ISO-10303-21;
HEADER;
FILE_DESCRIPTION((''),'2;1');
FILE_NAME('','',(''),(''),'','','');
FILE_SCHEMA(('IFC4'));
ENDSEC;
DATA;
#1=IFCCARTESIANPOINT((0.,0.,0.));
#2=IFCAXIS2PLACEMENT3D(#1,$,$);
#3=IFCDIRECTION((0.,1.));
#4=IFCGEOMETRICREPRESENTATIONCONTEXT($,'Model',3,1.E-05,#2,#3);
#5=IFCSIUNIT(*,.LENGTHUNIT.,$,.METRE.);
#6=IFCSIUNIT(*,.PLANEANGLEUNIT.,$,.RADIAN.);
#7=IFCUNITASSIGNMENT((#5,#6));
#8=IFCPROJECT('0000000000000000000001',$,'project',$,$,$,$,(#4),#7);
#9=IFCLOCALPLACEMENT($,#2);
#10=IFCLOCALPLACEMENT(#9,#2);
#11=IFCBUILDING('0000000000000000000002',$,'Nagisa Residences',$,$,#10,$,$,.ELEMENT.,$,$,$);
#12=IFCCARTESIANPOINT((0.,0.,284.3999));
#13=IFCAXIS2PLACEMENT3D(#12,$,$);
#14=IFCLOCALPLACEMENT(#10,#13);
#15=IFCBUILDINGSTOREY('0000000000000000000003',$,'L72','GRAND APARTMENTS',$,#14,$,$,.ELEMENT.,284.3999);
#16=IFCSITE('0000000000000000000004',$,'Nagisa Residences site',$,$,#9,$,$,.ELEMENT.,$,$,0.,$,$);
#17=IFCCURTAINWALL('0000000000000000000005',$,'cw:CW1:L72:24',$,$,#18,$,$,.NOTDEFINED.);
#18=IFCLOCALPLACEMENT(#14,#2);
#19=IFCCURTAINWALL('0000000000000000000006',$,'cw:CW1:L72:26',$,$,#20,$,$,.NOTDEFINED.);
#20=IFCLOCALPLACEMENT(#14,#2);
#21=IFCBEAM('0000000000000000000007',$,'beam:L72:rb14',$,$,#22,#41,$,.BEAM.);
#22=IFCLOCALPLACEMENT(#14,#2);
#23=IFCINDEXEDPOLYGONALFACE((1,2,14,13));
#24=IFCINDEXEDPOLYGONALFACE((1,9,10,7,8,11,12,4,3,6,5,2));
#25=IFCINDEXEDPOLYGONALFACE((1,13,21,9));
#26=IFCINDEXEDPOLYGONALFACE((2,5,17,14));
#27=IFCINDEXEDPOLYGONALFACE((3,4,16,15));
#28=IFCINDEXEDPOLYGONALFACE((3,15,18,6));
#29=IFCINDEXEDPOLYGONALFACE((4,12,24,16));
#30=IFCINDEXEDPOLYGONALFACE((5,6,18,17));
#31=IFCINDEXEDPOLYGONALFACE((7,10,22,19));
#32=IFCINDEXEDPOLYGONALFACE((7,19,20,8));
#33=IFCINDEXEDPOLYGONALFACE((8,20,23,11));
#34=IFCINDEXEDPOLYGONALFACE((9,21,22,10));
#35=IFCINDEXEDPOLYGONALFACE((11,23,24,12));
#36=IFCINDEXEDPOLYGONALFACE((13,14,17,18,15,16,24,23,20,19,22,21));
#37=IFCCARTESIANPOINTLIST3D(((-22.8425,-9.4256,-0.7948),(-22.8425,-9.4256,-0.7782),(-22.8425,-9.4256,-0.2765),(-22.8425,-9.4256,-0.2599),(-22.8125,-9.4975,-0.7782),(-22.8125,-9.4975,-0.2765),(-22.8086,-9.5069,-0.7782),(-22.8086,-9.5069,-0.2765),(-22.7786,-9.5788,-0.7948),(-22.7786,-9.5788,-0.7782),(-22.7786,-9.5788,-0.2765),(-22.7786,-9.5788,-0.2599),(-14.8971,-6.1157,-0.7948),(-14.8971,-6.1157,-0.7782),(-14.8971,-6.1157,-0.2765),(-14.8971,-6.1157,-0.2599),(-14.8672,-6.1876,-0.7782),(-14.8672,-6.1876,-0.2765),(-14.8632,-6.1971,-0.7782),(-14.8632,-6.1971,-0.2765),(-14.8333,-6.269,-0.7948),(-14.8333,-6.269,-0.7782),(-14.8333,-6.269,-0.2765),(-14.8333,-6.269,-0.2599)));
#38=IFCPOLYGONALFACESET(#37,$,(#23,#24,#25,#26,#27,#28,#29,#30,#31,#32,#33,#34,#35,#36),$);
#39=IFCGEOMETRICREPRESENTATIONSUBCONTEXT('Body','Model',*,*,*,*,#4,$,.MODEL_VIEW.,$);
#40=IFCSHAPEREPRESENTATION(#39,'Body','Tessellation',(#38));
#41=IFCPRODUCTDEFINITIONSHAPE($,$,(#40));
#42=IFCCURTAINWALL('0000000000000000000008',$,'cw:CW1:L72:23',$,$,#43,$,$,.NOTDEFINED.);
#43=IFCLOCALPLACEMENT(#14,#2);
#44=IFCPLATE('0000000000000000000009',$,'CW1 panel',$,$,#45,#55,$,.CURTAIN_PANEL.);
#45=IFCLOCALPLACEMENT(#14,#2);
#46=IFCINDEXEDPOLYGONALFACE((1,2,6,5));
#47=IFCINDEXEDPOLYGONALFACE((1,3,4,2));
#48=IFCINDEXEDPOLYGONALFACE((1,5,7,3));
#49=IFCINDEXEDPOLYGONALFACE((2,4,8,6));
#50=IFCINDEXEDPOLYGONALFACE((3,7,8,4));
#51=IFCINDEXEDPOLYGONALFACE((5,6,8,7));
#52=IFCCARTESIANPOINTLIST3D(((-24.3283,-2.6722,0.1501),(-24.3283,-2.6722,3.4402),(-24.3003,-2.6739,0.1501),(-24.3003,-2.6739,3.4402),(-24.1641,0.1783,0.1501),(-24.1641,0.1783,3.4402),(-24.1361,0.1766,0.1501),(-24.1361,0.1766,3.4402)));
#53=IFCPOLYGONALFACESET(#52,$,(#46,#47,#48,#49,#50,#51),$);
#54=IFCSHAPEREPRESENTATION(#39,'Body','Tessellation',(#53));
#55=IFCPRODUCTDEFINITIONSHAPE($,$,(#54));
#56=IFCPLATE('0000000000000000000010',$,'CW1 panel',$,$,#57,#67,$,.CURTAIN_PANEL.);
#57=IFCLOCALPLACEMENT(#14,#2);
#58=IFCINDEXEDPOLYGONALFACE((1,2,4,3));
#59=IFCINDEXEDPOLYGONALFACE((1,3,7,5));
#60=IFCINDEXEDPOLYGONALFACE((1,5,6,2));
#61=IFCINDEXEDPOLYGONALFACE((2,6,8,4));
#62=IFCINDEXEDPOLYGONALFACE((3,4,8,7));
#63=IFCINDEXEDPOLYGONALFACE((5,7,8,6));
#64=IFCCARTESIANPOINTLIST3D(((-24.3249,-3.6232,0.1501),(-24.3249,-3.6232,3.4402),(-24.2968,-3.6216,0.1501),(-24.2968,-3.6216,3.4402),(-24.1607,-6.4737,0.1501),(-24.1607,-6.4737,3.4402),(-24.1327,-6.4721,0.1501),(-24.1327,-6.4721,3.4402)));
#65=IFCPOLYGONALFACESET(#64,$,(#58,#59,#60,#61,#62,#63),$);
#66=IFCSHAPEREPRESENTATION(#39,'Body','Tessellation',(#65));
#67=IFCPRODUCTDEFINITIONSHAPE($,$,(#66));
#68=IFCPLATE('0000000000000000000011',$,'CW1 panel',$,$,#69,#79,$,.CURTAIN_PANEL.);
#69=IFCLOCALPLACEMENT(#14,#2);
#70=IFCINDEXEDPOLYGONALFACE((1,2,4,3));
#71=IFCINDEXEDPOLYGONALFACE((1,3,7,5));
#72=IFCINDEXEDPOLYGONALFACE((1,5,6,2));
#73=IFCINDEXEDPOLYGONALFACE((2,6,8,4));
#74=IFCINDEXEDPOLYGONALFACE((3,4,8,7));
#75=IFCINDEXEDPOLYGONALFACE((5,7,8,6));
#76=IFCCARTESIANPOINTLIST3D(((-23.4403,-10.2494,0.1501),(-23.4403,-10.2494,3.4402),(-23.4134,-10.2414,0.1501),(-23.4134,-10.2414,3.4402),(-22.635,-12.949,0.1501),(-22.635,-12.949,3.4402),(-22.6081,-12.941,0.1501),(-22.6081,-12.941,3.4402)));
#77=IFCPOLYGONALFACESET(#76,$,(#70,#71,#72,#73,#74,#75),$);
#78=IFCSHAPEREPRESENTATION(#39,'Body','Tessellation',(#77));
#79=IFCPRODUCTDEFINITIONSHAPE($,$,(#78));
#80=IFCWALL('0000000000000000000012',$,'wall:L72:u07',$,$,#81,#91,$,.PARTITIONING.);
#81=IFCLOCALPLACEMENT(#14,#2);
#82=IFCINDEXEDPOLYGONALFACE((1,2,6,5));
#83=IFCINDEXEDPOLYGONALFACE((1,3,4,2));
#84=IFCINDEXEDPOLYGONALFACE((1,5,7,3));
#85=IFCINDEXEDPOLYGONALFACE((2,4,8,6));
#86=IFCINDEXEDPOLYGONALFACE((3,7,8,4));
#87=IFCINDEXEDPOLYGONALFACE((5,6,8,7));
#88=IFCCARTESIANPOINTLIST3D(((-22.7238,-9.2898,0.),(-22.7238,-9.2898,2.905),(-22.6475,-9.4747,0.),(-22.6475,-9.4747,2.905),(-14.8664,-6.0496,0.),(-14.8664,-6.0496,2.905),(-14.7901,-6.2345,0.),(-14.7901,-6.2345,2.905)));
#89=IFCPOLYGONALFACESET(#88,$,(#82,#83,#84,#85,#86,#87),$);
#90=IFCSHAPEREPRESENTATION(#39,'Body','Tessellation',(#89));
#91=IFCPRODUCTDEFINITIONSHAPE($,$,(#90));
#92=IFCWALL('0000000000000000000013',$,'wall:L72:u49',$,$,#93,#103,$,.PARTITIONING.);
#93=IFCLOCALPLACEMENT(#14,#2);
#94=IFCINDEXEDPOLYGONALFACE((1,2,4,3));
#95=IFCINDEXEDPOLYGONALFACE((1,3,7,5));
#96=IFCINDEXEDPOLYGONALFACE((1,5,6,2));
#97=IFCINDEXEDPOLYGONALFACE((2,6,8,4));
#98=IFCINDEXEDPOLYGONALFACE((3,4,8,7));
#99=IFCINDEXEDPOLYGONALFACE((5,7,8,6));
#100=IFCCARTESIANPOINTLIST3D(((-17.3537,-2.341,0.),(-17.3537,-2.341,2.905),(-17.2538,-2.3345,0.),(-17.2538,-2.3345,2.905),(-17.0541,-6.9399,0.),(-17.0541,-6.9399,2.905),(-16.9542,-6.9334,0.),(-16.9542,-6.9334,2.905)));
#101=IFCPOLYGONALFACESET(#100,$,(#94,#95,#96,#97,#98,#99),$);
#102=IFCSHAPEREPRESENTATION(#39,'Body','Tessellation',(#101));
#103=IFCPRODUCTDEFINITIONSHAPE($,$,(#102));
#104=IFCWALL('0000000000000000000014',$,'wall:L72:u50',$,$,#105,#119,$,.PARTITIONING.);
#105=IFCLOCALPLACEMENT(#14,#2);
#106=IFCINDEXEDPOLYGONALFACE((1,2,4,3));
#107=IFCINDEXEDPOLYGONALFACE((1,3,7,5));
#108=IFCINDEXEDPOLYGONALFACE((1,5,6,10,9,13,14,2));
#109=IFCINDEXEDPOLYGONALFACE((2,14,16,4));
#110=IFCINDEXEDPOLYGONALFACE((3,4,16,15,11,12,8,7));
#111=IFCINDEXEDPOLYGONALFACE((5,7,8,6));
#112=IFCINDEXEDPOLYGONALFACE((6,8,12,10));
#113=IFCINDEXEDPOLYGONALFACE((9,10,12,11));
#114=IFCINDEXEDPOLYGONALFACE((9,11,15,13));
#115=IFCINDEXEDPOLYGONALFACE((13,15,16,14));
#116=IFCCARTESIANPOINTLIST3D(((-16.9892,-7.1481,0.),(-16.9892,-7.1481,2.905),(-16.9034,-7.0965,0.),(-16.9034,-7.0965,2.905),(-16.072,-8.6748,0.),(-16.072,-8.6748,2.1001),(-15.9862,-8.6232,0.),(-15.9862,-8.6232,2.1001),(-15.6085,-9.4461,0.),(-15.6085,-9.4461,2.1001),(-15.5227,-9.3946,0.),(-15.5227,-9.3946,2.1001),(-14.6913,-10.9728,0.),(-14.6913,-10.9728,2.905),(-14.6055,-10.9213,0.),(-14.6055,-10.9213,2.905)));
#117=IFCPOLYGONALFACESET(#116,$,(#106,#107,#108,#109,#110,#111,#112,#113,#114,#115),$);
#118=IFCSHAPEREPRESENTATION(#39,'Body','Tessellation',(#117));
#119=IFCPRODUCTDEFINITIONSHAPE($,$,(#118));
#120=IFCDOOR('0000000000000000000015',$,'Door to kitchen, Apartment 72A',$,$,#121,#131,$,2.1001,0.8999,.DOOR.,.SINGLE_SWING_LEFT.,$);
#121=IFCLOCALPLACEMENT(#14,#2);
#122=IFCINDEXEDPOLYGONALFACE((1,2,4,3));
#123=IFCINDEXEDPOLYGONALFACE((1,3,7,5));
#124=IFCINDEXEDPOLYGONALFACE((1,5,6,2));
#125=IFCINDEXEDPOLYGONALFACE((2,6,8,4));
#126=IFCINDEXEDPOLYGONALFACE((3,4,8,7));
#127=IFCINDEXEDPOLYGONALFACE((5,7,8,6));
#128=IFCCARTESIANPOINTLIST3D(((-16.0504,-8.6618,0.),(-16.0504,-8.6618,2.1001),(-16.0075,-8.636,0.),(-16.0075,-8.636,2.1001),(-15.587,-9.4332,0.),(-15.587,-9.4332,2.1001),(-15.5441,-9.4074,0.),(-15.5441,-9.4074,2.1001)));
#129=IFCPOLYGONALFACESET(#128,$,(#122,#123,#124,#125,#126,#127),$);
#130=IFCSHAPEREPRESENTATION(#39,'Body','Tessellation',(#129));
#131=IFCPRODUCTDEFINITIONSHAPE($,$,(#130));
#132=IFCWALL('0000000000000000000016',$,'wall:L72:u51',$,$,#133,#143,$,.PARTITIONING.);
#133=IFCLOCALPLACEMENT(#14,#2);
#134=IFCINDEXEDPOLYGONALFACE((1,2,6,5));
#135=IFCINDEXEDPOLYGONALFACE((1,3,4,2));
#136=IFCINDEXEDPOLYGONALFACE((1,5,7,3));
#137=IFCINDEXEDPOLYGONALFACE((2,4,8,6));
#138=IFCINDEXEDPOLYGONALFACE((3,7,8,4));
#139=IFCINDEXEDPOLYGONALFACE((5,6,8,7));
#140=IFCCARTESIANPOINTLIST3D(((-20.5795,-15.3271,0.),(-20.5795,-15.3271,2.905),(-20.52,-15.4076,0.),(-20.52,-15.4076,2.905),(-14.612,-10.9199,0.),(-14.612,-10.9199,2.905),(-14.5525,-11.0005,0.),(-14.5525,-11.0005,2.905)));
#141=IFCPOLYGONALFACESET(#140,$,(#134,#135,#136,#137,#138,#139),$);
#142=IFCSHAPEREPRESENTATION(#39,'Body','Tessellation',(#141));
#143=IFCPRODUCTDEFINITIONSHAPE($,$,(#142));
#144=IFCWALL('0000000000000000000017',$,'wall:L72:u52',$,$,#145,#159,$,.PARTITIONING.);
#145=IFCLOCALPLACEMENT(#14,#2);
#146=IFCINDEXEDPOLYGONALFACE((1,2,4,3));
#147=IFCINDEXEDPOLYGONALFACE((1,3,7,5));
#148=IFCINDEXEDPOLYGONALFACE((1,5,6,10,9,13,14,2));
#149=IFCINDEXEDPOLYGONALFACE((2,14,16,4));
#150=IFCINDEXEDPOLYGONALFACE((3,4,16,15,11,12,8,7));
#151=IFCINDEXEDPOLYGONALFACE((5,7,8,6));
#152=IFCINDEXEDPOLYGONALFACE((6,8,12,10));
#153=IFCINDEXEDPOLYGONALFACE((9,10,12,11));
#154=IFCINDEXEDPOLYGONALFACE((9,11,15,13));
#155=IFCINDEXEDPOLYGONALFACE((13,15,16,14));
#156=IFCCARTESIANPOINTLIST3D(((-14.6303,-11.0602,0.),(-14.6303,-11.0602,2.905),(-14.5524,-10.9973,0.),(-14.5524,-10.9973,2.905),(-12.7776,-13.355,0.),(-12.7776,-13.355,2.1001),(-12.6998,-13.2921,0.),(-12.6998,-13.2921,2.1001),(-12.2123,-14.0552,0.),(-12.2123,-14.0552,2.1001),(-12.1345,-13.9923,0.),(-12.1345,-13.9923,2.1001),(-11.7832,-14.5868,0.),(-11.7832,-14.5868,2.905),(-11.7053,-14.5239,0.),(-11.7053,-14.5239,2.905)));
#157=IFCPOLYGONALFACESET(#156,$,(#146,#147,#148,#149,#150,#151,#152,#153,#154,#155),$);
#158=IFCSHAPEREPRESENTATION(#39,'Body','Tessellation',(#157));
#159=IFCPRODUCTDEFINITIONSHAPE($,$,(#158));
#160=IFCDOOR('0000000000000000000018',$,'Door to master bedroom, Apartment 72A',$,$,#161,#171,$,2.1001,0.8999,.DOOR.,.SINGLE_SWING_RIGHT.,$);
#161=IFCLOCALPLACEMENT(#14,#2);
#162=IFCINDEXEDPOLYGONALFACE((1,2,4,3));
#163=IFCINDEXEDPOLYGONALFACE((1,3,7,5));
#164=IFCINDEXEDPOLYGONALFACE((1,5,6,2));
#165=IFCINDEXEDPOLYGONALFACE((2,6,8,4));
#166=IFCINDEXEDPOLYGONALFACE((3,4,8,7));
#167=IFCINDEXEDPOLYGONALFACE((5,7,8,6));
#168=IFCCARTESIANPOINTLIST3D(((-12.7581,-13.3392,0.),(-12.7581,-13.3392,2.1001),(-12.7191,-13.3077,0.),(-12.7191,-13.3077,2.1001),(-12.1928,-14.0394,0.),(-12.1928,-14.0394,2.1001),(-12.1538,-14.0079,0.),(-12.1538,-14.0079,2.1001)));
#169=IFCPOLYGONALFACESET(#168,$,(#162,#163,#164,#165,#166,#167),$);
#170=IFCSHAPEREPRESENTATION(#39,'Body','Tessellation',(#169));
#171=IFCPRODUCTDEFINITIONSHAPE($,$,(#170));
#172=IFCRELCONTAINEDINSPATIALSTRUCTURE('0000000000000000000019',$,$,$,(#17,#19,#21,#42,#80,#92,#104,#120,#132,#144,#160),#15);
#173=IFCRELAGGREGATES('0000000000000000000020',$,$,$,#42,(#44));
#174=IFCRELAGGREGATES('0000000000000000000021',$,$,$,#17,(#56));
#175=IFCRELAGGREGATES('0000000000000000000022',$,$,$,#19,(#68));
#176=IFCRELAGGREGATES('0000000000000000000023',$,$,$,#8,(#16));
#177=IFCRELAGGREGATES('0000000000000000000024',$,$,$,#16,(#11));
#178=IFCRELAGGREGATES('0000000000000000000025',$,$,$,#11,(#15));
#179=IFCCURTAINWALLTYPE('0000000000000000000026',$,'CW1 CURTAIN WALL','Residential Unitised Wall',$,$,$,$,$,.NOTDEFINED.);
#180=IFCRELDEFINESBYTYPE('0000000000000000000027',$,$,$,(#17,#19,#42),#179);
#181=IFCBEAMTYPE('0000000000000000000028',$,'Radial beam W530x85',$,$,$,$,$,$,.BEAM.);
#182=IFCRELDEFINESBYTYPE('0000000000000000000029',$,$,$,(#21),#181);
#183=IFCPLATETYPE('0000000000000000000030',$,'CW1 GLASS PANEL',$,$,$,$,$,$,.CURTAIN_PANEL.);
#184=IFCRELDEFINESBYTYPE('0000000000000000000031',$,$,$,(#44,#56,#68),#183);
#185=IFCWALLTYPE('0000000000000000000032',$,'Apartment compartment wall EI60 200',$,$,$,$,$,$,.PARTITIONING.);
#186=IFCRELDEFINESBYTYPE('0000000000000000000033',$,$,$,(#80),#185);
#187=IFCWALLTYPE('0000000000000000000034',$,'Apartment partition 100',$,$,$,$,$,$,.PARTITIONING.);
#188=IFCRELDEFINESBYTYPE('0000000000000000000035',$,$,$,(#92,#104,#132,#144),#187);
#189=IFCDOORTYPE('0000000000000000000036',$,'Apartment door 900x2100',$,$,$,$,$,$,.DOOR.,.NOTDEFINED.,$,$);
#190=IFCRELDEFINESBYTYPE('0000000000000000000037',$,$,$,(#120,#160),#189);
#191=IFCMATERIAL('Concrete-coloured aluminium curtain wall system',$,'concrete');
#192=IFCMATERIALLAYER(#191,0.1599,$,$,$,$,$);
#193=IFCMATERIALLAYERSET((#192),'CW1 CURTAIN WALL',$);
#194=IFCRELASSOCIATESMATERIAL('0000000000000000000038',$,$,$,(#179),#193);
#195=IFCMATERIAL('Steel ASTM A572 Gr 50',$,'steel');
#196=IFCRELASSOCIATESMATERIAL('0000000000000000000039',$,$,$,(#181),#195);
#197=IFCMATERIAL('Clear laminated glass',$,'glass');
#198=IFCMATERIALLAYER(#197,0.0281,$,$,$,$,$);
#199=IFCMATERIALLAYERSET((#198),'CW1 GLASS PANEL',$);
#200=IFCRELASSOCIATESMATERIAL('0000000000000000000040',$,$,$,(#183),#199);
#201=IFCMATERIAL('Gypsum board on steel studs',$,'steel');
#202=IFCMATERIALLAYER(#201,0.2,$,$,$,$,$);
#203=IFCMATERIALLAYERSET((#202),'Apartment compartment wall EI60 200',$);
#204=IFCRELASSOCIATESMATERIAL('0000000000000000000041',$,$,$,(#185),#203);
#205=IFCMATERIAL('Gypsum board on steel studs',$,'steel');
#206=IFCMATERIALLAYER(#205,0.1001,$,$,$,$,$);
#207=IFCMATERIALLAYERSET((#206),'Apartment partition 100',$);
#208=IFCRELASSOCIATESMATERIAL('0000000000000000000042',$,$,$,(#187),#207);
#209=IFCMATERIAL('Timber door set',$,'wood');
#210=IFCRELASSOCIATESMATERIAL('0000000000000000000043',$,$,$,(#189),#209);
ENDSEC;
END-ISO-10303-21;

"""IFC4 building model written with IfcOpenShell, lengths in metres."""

from ifc_helpers import new_model, si_unit, direction, frame, frame_2d, origin, origin_2d, place, context, subcontext, project, spatial, rectangle, i_section, extrude, material, layer, layer_set, material_profile, profile_set, type_object, element, fill, aggregate, save


model = new_model("IFC4")

# Units and contexts
model_context = context("Model", 3, precision=1e-05, world=origin(), true_north=direction((0.0, 1.0)))
body_context = subcontext(model_context, "Body", "Model", "MODEL_VIEW")
ifc_project = project(units=[si_unit("LENGTHUNIT", "METRE"), si_unit("PLANEANGLEUNIT", "RADIAN")], contexts=[model_context])

# Site, building, storey
site_placement = place(None, origin())
site = spatial("IfcSite", under=ifc_project, at=site_placement, Name="Nagisa Residences site", CompositionType="ELEMENT", RefElevation=0.0)
building_placement = place(site_placement, origin())
building = spatial("IfcBuilding", under=site, at=building_placement, Name="Nagisa Residences", CompositionType="ELEMENT")
storey_placement = place(building_placement, frame((0.0, 0.0, 284.3999)))
storey = spatial("IfcBuildingStorey", under=building, at=storey_placement, Name="L72", Description="GRAND APARTMENTS", CompositionType="ELEMENT", Elevation=284.3999)

# Curtain walls
ifc_material_1 = material(Name="Concrete-coloured aluminium curtain wall system", Category="concrete")
ifc_layer_1 = layer(ifc_material_1, 0.1599)
ifc_layer_set_1 = layer_set([ifc_layer_1], Name="CW1 CURTAIN WALL")
curtain_wall_type = type_object("IfcCurtainWallType", Name="CW1 CURTAIN WALL", Description="Residential Unitised Wall", PredefinedType="NOTDEFINED", material=ifc_layer_set_1)
curtain_wall_1_placement = place(storey_placement, origin())
curtain_wall_1 = element("IfcCurtainWall", 1, at=curtain_wall_1_placement, inside=storey, type_object=curtain_wall_type, Name="cw:CW1:L72:24", PredefinedType="NOTDEFINED")
curtain_wall_2_placement = place(storey_placement, origin())
curtain_wall_2 = element("IfcCurtainWall", 2, at=curtain_wall_2_placement, inside=storey, type_object=curtain_wall_type, Name="cw:CW1:L72:26", PredefinedType="NOTDEFINED")

# Beam
ifc_material_2 = material(Name="Steel ASTM A572 Gr 50", Category="steel")
ifc_material_profile_1 = material_profile(ifc_material_2, i_section(OverallWidth=0.166, OverallDepth=0.5349, WebThickness=0.0103, FlangeThickness=0.0166, at=origin_2d()), Name="W530x85")
ifc_profile_set_1 = profile_set([ifc_material_profile_1], Name="Steel ASTM A572 Gr 50")
beam_type_1 = type_object("IfcBeamType", Name="Radial beam W530x85", PredefinedType="BEAM", material=ifc_profile_set_1)
beam_1_placement = place(storey_placement, frame((-22.8105, -9.5022, -0.5273), z_axis=(0.923107, 0.384543, 0.0), x_axis=(-0.384543, 0.923107, 0.0)))
element("IfcBeam", 3, at=beam_1_placement, inside=storey, type_object=beam_type_1, Name="beam:L72:rb14", PredefinedType="BEAM", context=body_context, shape_type="SweptSolid", body=[
    extrude(i_section(OverallWidth=0.166, OverallDepth=0.5349, WebThickness=0.0103, FlangeThickness=0.0166, at=origin_2d()), origin(), (0.0, 0.0, 1.0), 8.6072),
])

# Curtain wall, plate
curtain_wall_3_placement = place(storey_placement, origin())
curtain_wall_3 = element("IfcCurtainWall", 4, at=curtain_wall_3_placement, inside=storey, type_object=curtain_wall_type, Name="cw:CW1:L72:23", PredefinedType="NOTDEFINED")
ifc_material_3 = material(Name="Clear laminated glass", Category="glass")
ifc_layer_2 = layer(ifc_material_3, 0.0281)
ifc_layer_set_2 = layer_set([ifc_layer_2], Name="CW1 GLASS PANEL")
plate_type = type_object("IfcPlateType", Name="CW1 GLASS PANEL", PredefinedType="CURTAIN_PANEL", material=ifc_layer_set_2)
plate_1_placement = place(storey_placement, frame((-24.2322, -1.2478, 0.1501), z_axis=(0.0, 0.0, 1.0), x_axis=(-0.057503, -0.998345, 0.0)))
plate_1 = element("IfcPlate", 5, at=plate_1_placement, type_object=plate_type, Name="CW1 panel", PredefinedType="CURTAIN_PANEL", context=body_context, shape_type="SweptSolid", body=[
    extrude(rectangle(XDim=2.8552, YDim=0.0281, at=origin_2d()), origin(), (0.0, 0.0, 1.0), 3.29),
])
aggregate(curtain_wall_3, [plate_1])

# Plates
plate_2_placement = place(storey_placement, frame((-24.2288, -5.0476, 0.1501), z_axis=(0.0, 0.0, 1.0), x_axis=(0.057503, -0.998345, 0.0)))
plate_2 = element("IfcPlate", 6, at=plate_2_placement, type_object=plate_type, Name="CW1 panel", PredefinedType="CURTAIN_PANEL", context=body_context, shape_type="SweptSolid", body=[
    extrude(rectangle(XDim=2.8552, YDim=0.0281, at=origin_2d()), origin(), (0.0, 0.0, 1.0), 3.29),
])
aggregate(curtain_wall_1, [plate_2])
plate_3_placement = place(storey_placement, frame((-23.0242, -11.5952, 0.1501), z_axis=(0.0, 0.0, 1.0), x_axis=(0.28586, -0.958271, 0.0)))
plate_3 = element("IfcPlate", 7, at=plate_3_placement, type_object=plate_type, Name="CW1 panel", PredefinedType="CURTAIN_PANEL", context=body_context, shape_type="SweptSolid", body=[
    extrude(rectangle(XDim=2.8171, YDim=0.0281, at=origin_2d()), origin(), (0.0, 0.0, 1.0), 3.29),
])
aggregate(curtain_wall_2, [plate_3])

# Walls
ifc_material_4 = material(Name="Gypsum board on steel studs", Category="steel")
ifc_layer_3 = layer(ifc_material_4, 0.2)
ifc_layer_set_3 = layer_set([ifc_layer_3], Name="Apartment compartment wall EI60 200")
wall_type_1 = type_object("IfcWallType", Name="Apartment compartment wall EI60 200", PredefinedType="PARTITIONING", material=ifc_layer_set_3)
wall_1_placement = place(storey_placement, frame((-14.8284, -6.1421, 0.0), z_axis=(0.0, 0.0, 1.0), x_axis=(-0.924478, -0.381235, 0.0)))
element("IfcWall", 8, at=wall_1_placement, inside=storey, type_object=wall_type_1, Name="wall:L72:u07", PredefinedType="PARTITIONING", context=body_context, shape_type="SweptSolid", body=[
    extrude(rectangle(XDim=8.4993, YDim=0.2, at=frame_2d((4.2495, 0.0))), origin(), (0.0, 0.0, 1.0), 2.905),
])
ifc_material_5 = material(Name="Gypsum board on steel studs", Category="steel")
ifc_layer_4 = layer(ifc_material_5, 0.1001)
ifc_layer_set_4 = layer_set([ifc_layer_4], Name="Apartment partition 100")
wall_type_2 = type_object("IfcWallType", Name="Apartment partition 100", PredefinedType="PARTITIONING", material=ifc_layer_set_4)
wall_2_placement = place(storey_placement, frame((-17.3037, -2.3379, 0.0), z_axis=(0.0, 0.0, 1.0), x_axis=(0.065, -0.997885, 0.0)))
element("IfcWall", 9, at=wall_2_placement, inside=storey, type_object=wall_type_2, Name="wall:L72:u49", PredefinedType="PARTITIONING", context=body_context, shape_type="SweptSolid", body=[
    extrude(rectangle(XDim=4.6086, YDim=0.1001, at=frame_2d((2.3042, 0.0))), origin(), (0.0, 0.0, 1.0), 2.905),
])

# Wall, opening, door
wall_3_placement = place(storey_placement, frame((-16.9463, -7.1223, 0.0), z_axis=(0.0, 0.0, 1.0), x_axis=(0.514995, -0.857193, 0.0)))
wall_3 = element("IfcWall", 10, at=wall_3_placement, inside=storey, type_object=wall_type_2, Name="wall:L72:u50", PredefinedType="PARTITIONING", context=body_context, shape_type="SweptSolid", body=[
    extrude(rectangle(XDim=4.4619, YDim=0.1001, at=frame_2d((2.231, 0.0))), origin(), (0.0, 0.0, 1.0), 2.905),
])
opening_1_placement = place(wall_3_placement, frame((1.781, 0.0, 0.0)))
opening_1 = element("IfcOpeningElement", 11, at=opening_1_placement, cuts=wall_3, PredefinedType="OPENING", context=body_context, shape_type="SweptSolid", body=[
    extrude(rectangle(XDim=0.8999, YDim=2.1001, at=frame_2d((0.45, 1.05))), frame((0.0, 0.0601, 0.0), z_axis=(0.0, -1.0, 0.0), x_axis=(1.0, 0.0, 0.0)), (0.0, 0.0, 1.0), 0.1201),
])
ifc_material_6 = material(Name="Timber door set", Category="wood")
door_type_1 = type_object("IfcDoorType", Name="Apartment door 900x2100", OperationType="NOTDEFINED", PredefinedType="DOOR", material=ifc_material_6)
door_1_placement = place(opening_1_placement, frame((0.8999, 0.0, 0.0), x_axis=(-1.0, 0.0, 0.0)))
door_1 = element("IfcDoor", 12, at=door_1_placement, inside=storey, type_object=door_type_1, Name="Door to kitchen, Apartment 72A", OperationType="SINGLE_SWING_LEFT", OverallHeight=2.1001, OverallWidth=0.8999, PredefinedType="DOOR", context=body_context, shape_type="SweptSolid", body=[
    extrude(rectangle(XDim=0.8999, YDim=2.1001, at=frame_2d((0.45, 1.05))), frame((0.0, 0.0249, 0.0), z_axis=(0.0, -1.0, 0.0), x_axis=(1.0, 0.0, 0.0)), (0.0, 0.0, 1.0), 0.05),
])
fill(opening_1, door_1)

# Wall
wall_4_placement = place(storey_placement, frame((-14.5823, -10.9602, 0.0), z_axis=(0.0, 0.0, 1.0), x_axis=(-0.804405, -0.594081, 0.0)))
element("IfcWall", 13, at=wall_4_placement, inside=storey, type_object=wall_type_2, Name="wall:L72:u51", PredefinedType="PARTITIONING", context=body_context, shape_type="SweptSolid", body=[
    extrude(rectangle(XDim=7.4185, YDim=0.1001, at=frame_2d((3.7092, 0.0))), origin(), (0.0, 0.0, 1.0), 2.905),
])

# Wall, opening, door
wall_5_placement = place(storey_placement, frame((-14.5913, -11.0288, 0.0), z_axis=(0.0, 0.0, 1.0), x_axis=(0.62817, -0.778076, 0.0)))
wall_5 = element("IfcWall", 14, at=wall_5_placement, inside=storey, type_object=wall_type_2, Name="wall:L72:u52", PredefinedType="PARTITIONING", context=body_context, shape_type="SweptSolid", body=[
    extrude(rectangle(XDim=4.5325, YDim=0.1001, at=frame_2d((2.2661, 0.0))), origin(), (0.0, 0.0, 1.0), 2.905),
])
opening_2_placement = place(wall_5_placement, frame((2.9492, 0.0, 0.0)))
opening_2 = element("IfcOpeningElement", 15, at=opening_2_placement, cuts=wall_5, PredefinedType="OPENING", context=body_context, shape_type="SweptSolid", body=[
    extrude(rectangle(XDim=0.8999, YDim=2.1001, at=frame_2d((0.45, 1.05))), frame((0.0, 0.0601, 0.0), z_axis=(0.0, -1.0, 0.0), x_axis=(1.0, 0.0, 0.0)), (0.0, 0.0, 1.0), 0.1201),
])
door_2_placement = place(opening_2_placement, frame((0.8999, 0.0, 0.0), x_axis=(-1.0, 0.0, 0.0)))
door_2 = element("IfcDoor", 16, at=door_2_placement, inside=storey, type_object=door_type_1, Name="Door to master bedroom, Apartment 72A", OperationType="SINGLE_SWING_RIGHT", OverallHeight=2.1001, OverallWidth=0.8999, PredefinedType="DOOR", context=body_context, shape_type="SweptSolid", body=[
    extrude(rectangle(XDim=0.8999, YDim=2.1001, at=frame_2d((0.45, 1.05))), frame((0.0, 0.0249, 0.0), z_axis=(0.0, -1.0, 0.0), x_axis=(1.0, 0.0, 0.0)), (0.0, 0.0, 1.0), 0.05),
])
fill(opening_2, door_2)

save(model, "model.ifc")
